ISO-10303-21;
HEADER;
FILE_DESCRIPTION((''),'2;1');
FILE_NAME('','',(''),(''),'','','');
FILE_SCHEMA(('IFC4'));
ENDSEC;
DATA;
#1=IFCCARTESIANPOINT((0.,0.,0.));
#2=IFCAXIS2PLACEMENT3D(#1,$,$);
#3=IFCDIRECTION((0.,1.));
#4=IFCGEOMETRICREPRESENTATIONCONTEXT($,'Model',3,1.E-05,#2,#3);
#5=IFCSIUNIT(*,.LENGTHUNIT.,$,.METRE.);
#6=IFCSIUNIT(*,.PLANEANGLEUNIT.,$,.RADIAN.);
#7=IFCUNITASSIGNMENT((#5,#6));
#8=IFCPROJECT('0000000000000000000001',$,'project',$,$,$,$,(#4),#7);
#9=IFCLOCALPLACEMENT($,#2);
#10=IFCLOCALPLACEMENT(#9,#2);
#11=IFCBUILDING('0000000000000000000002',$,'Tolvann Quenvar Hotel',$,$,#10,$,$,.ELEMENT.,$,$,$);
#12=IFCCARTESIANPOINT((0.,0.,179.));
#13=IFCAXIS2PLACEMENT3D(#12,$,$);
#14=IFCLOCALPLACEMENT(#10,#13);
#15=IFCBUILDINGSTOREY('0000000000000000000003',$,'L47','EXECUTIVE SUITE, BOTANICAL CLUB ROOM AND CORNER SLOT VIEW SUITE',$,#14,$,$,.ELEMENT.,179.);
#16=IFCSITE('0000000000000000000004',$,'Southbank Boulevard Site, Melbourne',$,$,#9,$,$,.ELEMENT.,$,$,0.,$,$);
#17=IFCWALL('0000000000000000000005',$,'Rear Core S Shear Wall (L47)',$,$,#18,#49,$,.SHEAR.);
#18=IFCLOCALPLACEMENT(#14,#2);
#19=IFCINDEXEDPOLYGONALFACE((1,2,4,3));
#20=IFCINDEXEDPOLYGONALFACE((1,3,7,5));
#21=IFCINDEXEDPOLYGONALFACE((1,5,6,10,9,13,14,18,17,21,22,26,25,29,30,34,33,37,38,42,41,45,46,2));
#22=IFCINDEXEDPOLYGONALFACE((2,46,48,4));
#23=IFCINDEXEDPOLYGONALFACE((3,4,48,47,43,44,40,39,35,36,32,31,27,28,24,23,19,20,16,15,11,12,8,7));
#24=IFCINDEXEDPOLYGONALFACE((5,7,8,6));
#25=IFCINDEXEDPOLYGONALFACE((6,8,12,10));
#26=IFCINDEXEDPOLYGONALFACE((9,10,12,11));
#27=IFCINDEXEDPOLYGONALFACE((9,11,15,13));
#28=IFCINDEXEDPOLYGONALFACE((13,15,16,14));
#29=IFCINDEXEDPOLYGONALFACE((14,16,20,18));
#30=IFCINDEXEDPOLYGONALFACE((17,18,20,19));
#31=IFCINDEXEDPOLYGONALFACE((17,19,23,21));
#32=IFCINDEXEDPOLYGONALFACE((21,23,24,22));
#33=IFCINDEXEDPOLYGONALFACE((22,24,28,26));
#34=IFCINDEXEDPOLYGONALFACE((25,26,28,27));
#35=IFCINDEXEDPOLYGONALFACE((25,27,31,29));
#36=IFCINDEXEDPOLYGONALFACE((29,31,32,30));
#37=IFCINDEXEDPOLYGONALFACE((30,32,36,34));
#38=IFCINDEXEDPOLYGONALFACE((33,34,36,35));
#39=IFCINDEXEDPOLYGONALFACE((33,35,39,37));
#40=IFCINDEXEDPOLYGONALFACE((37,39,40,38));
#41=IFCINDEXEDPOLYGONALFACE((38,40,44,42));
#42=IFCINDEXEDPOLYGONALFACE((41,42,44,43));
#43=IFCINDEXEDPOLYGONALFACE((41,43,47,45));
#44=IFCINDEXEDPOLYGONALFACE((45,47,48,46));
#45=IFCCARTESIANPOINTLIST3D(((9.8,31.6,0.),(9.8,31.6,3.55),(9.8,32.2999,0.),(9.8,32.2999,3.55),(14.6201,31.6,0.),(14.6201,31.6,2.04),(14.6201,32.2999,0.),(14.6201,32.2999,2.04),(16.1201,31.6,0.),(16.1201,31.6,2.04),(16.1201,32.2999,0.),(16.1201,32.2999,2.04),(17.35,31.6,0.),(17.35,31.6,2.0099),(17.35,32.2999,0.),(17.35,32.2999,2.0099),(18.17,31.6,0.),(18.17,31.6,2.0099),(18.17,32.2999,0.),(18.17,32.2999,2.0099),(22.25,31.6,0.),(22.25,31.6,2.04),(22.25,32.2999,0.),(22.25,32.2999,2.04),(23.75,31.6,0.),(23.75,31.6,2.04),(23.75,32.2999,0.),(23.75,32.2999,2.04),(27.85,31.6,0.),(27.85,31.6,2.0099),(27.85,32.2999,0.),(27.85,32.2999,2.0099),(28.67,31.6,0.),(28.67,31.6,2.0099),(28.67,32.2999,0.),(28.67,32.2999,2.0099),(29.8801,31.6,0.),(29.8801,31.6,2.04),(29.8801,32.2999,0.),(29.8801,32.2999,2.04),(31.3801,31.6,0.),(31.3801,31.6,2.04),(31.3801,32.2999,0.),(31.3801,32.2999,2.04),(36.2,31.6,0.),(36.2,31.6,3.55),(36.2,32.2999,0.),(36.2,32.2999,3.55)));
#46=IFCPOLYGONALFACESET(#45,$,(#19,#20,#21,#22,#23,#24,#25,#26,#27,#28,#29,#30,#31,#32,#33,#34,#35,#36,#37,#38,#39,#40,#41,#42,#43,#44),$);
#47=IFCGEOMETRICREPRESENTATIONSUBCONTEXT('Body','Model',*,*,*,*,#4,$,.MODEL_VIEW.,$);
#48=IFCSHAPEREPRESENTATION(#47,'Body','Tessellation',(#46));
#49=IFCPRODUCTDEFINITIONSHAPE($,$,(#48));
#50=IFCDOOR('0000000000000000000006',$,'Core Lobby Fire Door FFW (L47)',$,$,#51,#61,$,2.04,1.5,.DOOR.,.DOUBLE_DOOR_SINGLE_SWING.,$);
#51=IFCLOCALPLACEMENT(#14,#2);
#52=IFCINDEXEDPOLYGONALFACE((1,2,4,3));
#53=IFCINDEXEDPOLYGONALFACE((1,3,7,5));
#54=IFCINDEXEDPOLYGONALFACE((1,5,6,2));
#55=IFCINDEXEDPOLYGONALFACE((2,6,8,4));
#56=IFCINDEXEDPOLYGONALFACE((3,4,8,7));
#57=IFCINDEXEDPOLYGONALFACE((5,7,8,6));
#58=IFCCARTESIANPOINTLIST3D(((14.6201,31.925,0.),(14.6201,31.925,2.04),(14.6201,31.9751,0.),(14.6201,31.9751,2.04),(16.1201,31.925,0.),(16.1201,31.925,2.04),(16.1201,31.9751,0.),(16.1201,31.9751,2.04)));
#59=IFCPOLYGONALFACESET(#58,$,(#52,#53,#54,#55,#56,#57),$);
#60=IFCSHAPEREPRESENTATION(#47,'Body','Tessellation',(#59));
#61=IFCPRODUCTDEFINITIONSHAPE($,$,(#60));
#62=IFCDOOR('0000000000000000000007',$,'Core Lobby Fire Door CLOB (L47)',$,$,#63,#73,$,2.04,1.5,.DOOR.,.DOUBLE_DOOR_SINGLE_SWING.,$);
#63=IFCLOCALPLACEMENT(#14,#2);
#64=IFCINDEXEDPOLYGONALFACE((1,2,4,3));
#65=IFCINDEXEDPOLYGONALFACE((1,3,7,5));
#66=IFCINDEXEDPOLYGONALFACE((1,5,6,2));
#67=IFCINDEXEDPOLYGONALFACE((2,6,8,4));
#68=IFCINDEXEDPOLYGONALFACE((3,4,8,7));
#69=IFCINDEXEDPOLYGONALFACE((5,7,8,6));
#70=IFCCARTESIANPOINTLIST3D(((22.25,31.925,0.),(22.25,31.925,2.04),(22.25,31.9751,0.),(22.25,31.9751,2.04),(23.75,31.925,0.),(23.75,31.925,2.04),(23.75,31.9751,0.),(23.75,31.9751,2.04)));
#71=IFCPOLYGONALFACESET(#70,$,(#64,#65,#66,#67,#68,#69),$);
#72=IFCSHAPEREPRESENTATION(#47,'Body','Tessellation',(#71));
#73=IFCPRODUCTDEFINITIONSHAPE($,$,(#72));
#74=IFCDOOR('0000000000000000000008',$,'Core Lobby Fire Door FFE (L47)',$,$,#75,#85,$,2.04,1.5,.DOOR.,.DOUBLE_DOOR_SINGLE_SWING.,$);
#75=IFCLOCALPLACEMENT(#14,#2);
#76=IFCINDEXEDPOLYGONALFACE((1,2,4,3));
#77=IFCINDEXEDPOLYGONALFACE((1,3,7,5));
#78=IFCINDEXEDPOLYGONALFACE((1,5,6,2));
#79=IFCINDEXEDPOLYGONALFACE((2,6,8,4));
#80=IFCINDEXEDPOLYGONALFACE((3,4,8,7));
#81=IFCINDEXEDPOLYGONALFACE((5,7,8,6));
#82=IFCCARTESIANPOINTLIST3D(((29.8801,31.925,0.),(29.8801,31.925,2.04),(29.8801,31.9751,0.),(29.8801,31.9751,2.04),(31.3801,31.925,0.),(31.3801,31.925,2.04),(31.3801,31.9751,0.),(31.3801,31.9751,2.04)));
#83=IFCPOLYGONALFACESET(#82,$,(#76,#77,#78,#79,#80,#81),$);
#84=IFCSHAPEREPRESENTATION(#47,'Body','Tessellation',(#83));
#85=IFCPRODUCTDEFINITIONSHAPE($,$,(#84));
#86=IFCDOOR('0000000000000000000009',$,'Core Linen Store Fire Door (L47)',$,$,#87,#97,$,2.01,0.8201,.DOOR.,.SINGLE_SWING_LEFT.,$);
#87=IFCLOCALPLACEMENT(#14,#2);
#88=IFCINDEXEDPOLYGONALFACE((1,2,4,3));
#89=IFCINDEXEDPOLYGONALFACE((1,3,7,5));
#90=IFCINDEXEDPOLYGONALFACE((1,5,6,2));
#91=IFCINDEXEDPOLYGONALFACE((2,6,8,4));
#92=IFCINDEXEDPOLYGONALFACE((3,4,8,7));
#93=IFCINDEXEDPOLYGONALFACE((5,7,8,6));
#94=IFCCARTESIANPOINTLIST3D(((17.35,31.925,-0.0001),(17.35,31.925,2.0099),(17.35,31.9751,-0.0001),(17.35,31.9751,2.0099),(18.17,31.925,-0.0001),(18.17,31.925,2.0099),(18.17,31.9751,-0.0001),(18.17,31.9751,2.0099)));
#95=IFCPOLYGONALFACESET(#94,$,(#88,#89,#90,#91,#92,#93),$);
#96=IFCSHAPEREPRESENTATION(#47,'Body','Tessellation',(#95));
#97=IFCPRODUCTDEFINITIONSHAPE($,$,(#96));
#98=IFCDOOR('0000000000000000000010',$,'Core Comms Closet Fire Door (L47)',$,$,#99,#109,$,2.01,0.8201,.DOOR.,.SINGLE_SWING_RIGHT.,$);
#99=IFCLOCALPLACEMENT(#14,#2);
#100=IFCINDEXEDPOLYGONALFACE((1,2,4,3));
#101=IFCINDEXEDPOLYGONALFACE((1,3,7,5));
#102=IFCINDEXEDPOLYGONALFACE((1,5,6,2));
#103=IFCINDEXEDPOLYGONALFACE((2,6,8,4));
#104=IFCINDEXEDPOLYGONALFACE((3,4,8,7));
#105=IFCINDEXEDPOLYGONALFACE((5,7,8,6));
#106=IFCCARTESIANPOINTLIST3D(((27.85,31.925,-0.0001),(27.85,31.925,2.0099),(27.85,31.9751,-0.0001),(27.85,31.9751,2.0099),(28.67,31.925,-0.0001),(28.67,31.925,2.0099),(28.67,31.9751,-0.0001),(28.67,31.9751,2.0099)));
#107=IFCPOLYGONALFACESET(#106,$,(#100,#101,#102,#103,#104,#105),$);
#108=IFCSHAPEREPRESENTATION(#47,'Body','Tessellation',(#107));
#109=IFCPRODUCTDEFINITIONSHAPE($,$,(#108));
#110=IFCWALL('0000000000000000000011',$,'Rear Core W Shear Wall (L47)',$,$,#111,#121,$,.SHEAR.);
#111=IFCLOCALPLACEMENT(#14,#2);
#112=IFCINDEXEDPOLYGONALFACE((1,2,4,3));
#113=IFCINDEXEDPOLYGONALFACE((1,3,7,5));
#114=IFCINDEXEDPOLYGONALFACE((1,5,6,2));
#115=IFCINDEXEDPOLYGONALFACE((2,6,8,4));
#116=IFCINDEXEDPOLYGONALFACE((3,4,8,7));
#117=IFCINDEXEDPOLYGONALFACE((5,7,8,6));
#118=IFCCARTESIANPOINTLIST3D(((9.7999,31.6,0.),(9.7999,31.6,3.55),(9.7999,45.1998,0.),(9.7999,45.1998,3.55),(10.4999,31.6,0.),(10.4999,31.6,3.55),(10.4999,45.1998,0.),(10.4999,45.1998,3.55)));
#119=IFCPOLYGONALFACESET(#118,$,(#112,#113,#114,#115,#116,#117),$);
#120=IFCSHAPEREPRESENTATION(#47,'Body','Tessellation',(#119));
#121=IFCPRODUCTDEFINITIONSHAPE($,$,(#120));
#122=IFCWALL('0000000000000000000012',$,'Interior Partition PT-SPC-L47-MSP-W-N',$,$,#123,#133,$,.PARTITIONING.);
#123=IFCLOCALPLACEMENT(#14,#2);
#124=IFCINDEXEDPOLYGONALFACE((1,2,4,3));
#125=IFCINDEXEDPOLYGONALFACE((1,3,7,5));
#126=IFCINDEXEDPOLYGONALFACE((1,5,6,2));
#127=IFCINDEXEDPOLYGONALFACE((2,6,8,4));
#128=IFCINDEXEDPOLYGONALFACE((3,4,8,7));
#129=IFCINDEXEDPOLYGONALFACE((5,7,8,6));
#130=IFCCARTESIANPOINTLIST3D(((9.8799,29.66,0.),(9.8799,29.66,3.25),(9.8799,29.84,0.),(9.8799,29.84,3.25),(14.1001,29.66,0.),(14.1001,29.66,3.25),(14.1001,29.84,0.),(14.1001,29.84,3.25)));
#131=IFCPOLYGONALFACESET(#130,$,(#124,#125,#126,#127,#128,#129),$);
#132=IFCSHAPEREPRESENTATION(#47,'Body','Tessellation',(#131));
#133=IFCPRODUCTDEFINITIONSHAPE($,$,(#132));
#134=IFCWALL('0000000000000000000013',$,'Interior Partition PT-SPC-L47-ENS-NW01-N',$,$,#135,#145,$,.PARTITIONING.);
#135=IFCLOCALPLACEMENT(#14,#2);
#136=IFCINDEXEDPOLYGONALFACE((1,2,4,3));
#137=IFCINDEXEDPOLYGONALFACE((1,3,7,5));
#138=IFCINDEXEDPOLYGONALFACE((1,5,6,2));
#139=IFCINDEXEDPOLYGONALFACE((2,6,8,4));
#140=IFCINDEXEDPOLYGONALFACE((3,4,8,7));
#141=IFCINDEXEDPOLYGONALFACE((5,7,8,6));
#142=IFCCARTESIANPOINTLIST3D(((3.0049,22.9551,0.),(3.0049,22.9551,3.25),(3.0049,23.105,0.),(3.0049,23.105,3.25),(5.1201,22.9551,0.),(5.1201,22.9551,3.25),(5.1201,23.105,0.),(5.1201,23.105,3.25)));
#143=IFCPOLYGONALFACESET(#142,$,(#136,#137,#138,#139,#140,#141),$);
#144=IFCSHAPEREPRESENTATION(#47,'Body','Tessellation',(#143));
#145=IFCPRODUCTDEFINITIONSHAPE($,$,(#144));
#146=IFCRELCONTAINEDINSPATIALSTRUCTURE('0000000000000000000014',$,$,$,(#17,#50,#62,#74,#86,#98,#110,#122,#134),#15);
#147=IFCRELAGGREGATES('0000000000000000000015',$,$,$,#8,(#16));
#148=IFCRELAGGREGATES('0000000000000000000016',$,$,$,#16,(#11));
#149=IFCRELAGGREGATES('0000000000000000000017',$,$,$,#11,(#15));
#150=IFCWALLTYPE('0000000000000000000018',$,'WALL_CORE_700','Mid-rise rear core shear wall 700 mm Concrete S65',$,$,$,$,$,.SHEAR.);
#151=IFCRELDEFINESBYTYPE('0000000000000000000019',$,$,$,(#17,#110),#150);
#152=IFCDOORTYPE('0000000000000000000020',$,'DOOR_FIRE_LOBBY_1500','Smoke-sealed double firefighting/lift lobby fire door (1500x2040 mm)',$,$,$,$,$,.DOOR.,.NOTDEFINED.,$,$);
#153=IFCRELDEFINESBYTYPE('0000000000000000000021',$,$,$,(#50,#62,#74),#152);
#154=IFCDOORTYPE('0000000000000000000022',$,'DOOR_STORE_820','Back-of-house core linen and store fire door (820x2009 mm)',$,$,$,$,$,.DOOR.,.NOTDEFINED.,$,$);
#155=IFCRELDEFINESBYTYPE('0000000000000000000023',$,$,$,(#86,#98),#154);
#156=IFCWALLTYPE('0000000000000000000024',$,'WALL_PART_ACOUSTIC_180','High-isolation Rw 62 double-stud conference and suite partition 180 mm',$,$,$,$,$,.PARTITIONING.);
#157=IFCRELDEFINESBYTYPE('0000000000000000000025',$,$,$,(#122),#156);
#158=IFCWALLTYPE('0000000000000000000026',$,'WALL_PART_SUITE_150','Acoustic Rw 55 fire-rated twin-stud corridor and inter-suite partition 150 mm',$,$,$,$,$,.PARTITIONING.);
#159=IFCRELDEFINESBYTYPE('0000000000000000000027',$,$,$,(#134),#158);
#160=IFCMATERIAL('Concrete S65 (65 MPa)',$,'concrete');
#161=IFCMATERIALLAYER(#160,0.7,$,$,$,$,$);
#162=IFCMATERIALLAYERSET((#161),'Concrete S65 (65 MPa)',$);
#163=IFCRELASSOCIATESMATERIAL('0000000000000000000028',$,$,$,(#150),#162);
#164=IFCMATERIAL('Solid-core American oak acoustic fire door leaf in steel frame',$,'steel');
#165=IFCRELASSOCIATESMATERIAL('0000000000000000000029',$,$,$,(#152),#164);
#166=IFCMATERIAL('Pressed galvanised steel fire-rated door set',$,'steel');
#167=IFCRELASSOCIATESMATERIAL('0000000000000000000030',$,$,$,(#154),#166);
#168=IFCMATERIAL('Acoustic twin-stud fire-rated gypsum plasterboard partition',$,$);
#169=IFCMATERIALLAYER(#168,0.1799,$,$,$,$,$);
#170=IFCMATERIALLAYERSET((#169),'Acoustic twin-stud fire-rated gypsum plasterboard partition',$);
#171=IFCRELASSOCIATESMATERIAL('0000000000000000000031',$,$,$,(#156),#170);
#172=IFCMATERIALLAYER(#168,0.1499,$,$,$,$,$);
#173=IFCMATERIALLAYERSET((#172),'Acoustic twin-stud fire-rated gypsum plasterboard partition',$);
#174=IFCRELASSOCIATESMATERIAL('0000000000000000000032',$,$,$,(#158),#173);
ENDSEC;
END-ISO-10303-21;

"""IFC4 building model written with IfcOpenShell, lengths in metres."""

from ifc_helpers import new_model, si_unit, direction, frame, frame_2d, origin, place, context, subcontext, project, spatial, rectangle, extrude, source, transform, mapped, material, layer, layer_set, type_object, type_shapes, element, fill, save


model = new_model("IFC4")

# Units and contexts
model_context = context("Model", 3, precision=1e-05, world=origin(), true_north=direction((0.0, 1.0)))
body_context = subcontext(model_context, "Body", "Model", "MODEL_VIEW")
ifc_project = project(units=[si_unit("LENGTHUNIT", "METRE"), si_unit("PLANEANGLEUNIT", "RADIAN")], contexts=[model_context])

# Site, building, storey
site_placement = place(None, origin())
site = spatial("IfcSite", under=ifc_project, at=site_placement, Name="Southbank Boulevard Site, Melbourne", CompositionType="ELEMENT", RefElevation=0.0)
building_placement = place(site_placement, origin())
building = spatial("IfcBuilding", under=site, at=building_placement, Name="Tolvann Quenvar Hotel", CompositionType="ELEMENT")
storey_placement = place(building_placement, frame((0.0, 0.0, 179.0)))
storey = spatial("IfcBuildingStorey", under=building, at=storey_placement, Name="L47", Description="EXECUTIVE SUITE, BOTANICAL CLUB ROOM AND CORNER SLOT VIEW SUITE", CompositionType="ELEMENT", Elevation=179.0)

# Wall, openings, doors
ifc_material_1 = material(Name="Concrete S65 (65 MPa)", Category="concrete")
ifc_layer_1 = layer(ifc_material_1, 0.7)
ifc_layer_set_1 = layer_set([ifc_layer_1], Name="Concrete S65 (65 MPa)")
wall_type_1 = type_object("IfcWallType", Name="WALL_CORE_700", Description="Mid-rise rear core shear wall 700 mm Concrete S65", PredefinedType="SHEAR", material=ifc_layer_set_1)
wall_1_placement = place(storey_placement, frame((9.8, 31.95, 0.0), z_axis=(0.0, 0.0, 1.0), x_axis=(1.0, 0.0, 0.0)))
wall_1 = element("IfcWall", 1, at=wall_1_placement, inside=storey, type_object=wall_type_1, Name="Rear Core S Shear Wall (L47)", PredefinedType="SHEAR", context=body_context, shape_type="SweptSolid", body=[
    extrude(rectangle(XDim=26.3999, YDim=0.7, at=frame_2d((13.2, 0.0))), origin(), (0.0, 0.0, 1.0), 3.55),
])
opening_1_placement = place(wall_1_placement, frame((6.3201, 0.0, 0.0), z_axis=(0.0, 0.0, 1.0), x_axis=(-1.0, 0.0, 0.0)))
opening_1 = element("IfcOpeningElement", 2, at=opening_1_placement, cuts=wall_1, PredefinedType="OPENING", context=body_context, shape_type="SweptSolid", body=[
    extrude(rectangle(XDim=1.5, YDim=2.04, at=frame_2d((0.75, 1.02))), frame((0.0, 0.3599, 0.0), z_axis=(0.0, -1.0, 0.0), x_axis=(1.0, 0.0, 0.0)), (0.0, 0.0, 1.0), 0.72),
])
opening_2_placement = place(wall_1_placement, frame((13.95, 0.0, 0.0), z_axis=(0.0, 0.0, 1.0), x_axis=(-1.0, 0.0, 0.0)))
opening_2 = element("IfcOpeningElement", 3, at=opening_2_placement, cuts=wall_1, PredefinedType="OPENING", context=body_context, shape_type="SweptSolid", body=[
    extrude(rectangle(XDim=1.5, YDim=2.04, at=frame_2d((0.75, 1.02))), frame((0.0, 0.3599, 0.0), z_axis=(0.0, -1.0, 0.0), x_axis=(1.0, 0.0, 0.0)), (0.0, 0.0, 1.0), 0.72),
])
opening_3_placement = place(wall_1_placement, frame((21.5801, 0.0, 0.0), z_axis=(0.0, 0.0, 1.0), x_axis=(-1.0, 0.0, 0.0)))
opening_3 = element("IfcOpeningElement", 4, at=opening_3_placement, cuts=wall_1, PredefinedType="OPENING", context=body_context, shape_type="SweptSolid", body=[
    extrude(rectangle(XDim=1.5, YDim=2.04, at=frame_2d((0.75, 1.02))), frame((0.0, 0.3599, 0.0), z_axis=(0.0, -1.0, 0.0), x_axis=(1.0, 0.0, 0.0)), (0.0, 0.0, 1.0), 0.72),
])
opening_4_placement = place(wall_1_placement, frame((8.3701, 0.0, 0.0), z_axis=(0.0, 0.0, 1.0), x_axis=(-1.0, 0.0, 0.0)))
opening_4 = element("IfcOpeningElement", 5, at=opening_4_placement, cuts=wall_1, PredefinedType="OPENING", context=body_context, shape_type="SweptSolid", body=[
    extrude(rectangle(XDim=0.8201, YDim=2.01, at=frame_2d((0.4102, 1.0049))), frame((0.0, 0.3599, 0.0), z_axis=(0.0, -1.0, 0.0), x_axis=(1.0, 0.0, 0.0)), (0.0, 0.0, 1.0), 0.72),
])
opening_5_placement = place(wall_1_placement, frame((18.8701, 0.0, 0.0), z_axis=(0.0, 0.0, 1.0), x_axis=(-1.0, 0.0, 0.0)))
opening_5 = element("IfcOpeningElement", 6, at=opening_5_placement, cuts=wall_1, PredefinedType="OPENING", context=body_context, shape_type="SweptSolid", body=[
    extrude(rectangle(XDim=0.8201, YDim=2.01, at=frame_2d((0.4102, 1.0049))), frame((0.0, 0.3599, 0.0), z_axis=(0.0, -1.0, 0.0), x_axis=(1.0, 0.0, 0.0)), (0.0, 0.0, 1.0), 0.72),
])
ifc_material_2 = material(Name="Solid-core American oak acoustic fire door leaf in steel frame", Category="steel")
door_type_1 = type_object("IfcDoorType", Name="DOOR_FIRE_LOBBY_1500", Description="Smoke-sealed double firefighting/lift lobby fire door (1500x2040 mm)", OperationType="NOTDEFINED", PredefinedType="DOOR", material=ifc_material_2)
shared_shape_1 = source(origin(), body_context, "Body", "SweptSolid", [
    extrude(rectangle(XDim=1.5, YDim=2.04, at=frame_2d((0.75, 1.02))), frame((0.0, 0.0249, 0.0), z_axis=(0.0, -1.0, 0.0), x_axis=(1.0, 0.0, 0.0)), (0.0, 0.0, 1.0), 0.05),
])
type_shapes(door_type_1, [shared_shape_1])
door_1_placement = place(opening_1_placement, origin())
door_1 = element("IfcDoor", 7, at=door_1_placement, inside=storey, type_object=door_type_1, Name="Core Lobby Fire Door FFW (L47)", OperationType="DOUBLE_DOOR_SINGLE_SWING", OverallHeight=2.04, OverallWidth=1.5, PredefinedType="DOOR", context=body_context, shape_type="MappedRepresentation", body=[
    mapped(shared_shape_1, transform((0.0, 0.0, 0.0), x_axis=(1.0, 0.0, 0.0), y_axis=(0.0, 1.0, 0.0), z_axis=(0.0, 0.0, 1.0), scale=1.0)),
])
fill(opening_1, door_1)
door_2_placement = place(opening_2_placement, origin())
door_2 = element("IfcDoor", 8, at=door_2_placement, inside=storey, type_object=door_type_1, Name="Core Lobby Fire Door CLOB (L47)", OperationType="DOUBLE_DOOR_SINGLE_SWING", OverallHeight=2.04, OverallWidth=1.5, PredefinedType="DOOR", context=body_context, shape_type="MappedRepresentation", body=[
    mapped(shared_shape_1, transform((0.0, 0.0, 0.0), x_axis=(1.0, 0.0, 0.0), y_axis=(0.0, 1.0, 0.0), z_axis=(0.0, 0.0, 1.0), scale=1.0)),
])
fill(opening_2, door_2)
door_3_placement = place(opening_3_placement, origin())
door_3 = element("IfcDoor", 9, at=door_3_placement, inside=storey, type_object=door_type_1, Name="Core Lobby Fire Door FFE (L47)", OperationType="DOUBLE_DOOR_SINGLE_SWING", OverallHeight=2.04, OverallWidth=1.5, PredefinedType="DOOR", context=body_context, shape_type="MappedRepresentation", body=[
    mapped(shared_shape_1, transform((0.0, 0.0, 0.0), x_axis=(1.0, 0.0, 0.0), y_axis=(0.0, 1.0, 0.0), z_axis=(0.0, 0.0, 1.0), scale=1.0)),
])
fill(opening_3, door_3)
ifc_material_3 = material(Name="Pressed galvanised steel fire-rated door set", Category="steel")
door_type_2 = type_object("IfcDoorType", Name="DOOR_STORE_820", Description="Back-of-house core linen and store fire door (820x2009 mm)", OperationType="NOTDEFINED", PredefinedType="DOOR", material=ifc_material_3)
shared_shape_2 = source(origin(), body_context, "Body", "SweptSolid", [
    extrude(rectangle(XDim=0.8201, YDim=2.01, at=frame_2d((0.4102, 1.0049))), frame((0.0, 0.0249, 0.0), z_axis=(0.0, -1.0, 0.0), x_axis=(1.0, 0.0, 0.0)), (0.0, 0.0, 1.0), 0.05),
])
type_shapes(door_type_2, [shared_shape_2])
door_4_placement = place(opening_4_placement, origin())
door_4 = element("IfcDoor", 10, at=door_4_placement, inside=storey, type_object=door_type_2, Name="Core Linen Store Fire Door (L47)", OperationType="SINGLE_SWING_LEFT", OverallHeight=2.01, OverallWidth=0.8201, PredefinedType="DOOR", context=body_context, shape_type="MappedRepresentation", body=[
    mapped(shared_shape_2, transform((0.0, 0.0, 0.0), x_axis=(1.0, 0.0, 0.0), y_axis=(0.0, 1.0, 0.0), z_axis=(0.0, 0.0, 1.0), scale=1.0)),
])
fill(opening_4, door_4)
door_5_placement = place(opening_5_placement, origin())
door_5 = element("IfcDoor", 11, at=door_5_placement, inside=storey, type_object=door_type_2, Name="Core Comms Closet Fire Door (L47)", OperationType="SINGLE_SWING_RIGHT", OverallHeight=2.01, OverallWidth=0.8201, PredefinedType="DOOR", context=body_context, shape_type="MappedRepresentation", body=[
    mapped(shared_shape_2, transform((0.0, 0.0, 0.0), x_axis=(1.0, 0.0, 0.0), y_axis=(0.0, 1.0, 0.0), z_axis=(0.0, 0.0, 1.0), scale=1.0)),
])
fill(opening_5, door_5)

# Walls
wall_2_placement = place(storey_placement, frame((10.1499, 31.6001, 0.0), z_axis=(0.0, 0.0, 1.0), x_axis=(0.0, 1.0, 0.0)))
element("IfcWall", 12, at=wall_2_placement, inside=storey, type_object=wall_type_1, Name="Rear Core W Shear Wall (L47)", PredefinedType="SHEAR", context=body_context, shape_type="SweptSolid", body=[
    extrude(rectangle(XDim=13.5999, YDim=0.7, at=frame_2d((6.7998, 0.0))), origin(), (0.0, 0.0, 1.0), 3.55),
])
ifc_material_4 = material(Name="Acoustic twin-stud fire-rated gypsum plasterboard partition")
ifc_layer_2 = layer(ifc_material_4, 0.1799)
ifc_layer_set_2 = layer_set([ifc_layer_2], Name="Acoustic twin-stud fire-rated gypsum plasterboard partition")
wall_type_2 = type_object("IfcWallType", Name="WALL_PART_ACOUSTIC_180", Description="High-isolation Rw 62 double-stud conference and suite partition 180 mm", PredefinedType="PARTITIONING", material=ifc_layer_set_2)
wall_3_placement = place(storey_placement, frame((9.8799, 29.75, 0.0), z_axis=(0.0, 0.0, 1.0), x_axis=(1.0, 0.0, 0.0)))
element("IfcWall", 13, at=wall_3_placement, inside=storey, type_object=wall_type_2, Name="Interior Partition PT-SPC-L47-MSP-W-N", PredefinedType="PARTITIONING", context=body_context, shape_type="SweptSolid", body=[
    extrude(rectangle(XDim=4.2202, YDim=0.1799, at=frame_2d((2.1101, 0.0))), origin(), (0.0, 0.0, 1.0), 3.25),
])
ifc_layer_3 = layer(ifc_material_4, 0.1499)
ifc_layer_set_3 = layer_set([ifc_layer_3], Name="Acoustic twin-stud fire-rated gypsum plasterboard partition")
wall_type_3 = type_object("IfcWallType", Name="WALL_PART_SUITE_150", Description="Acoustic Rw 55 fire-rated twin-stud corridor and inter-suite partition 150 mm", PredefinedType="PARTITIONING", material=ifc_layer_set_3)
wall_4_placement = place(storey_placement, frame((3.0049, 23.03, 0.0), z_axis=(0.0, 0.0, 1.0), x_axis=(1.0, 0.0, 0.0)))
element("IfcWall", 14, at=wall_4_placement, inside=storey, type_object=wall_type_3, Name="Interior Partition PT-SPC-L47-ENS-NW01-N", PredefinedType="PARTITIONING", context=body_context, shape_type="SweptSolid", body=[
    extrude(rectangle(XDim=2.1152, YDim=0.1499, at=frame_2d((1.0576, 0.0))), origin(), (0.0, 0.0, 1.0), 3.25),
])

save(model, "model.ifc")
